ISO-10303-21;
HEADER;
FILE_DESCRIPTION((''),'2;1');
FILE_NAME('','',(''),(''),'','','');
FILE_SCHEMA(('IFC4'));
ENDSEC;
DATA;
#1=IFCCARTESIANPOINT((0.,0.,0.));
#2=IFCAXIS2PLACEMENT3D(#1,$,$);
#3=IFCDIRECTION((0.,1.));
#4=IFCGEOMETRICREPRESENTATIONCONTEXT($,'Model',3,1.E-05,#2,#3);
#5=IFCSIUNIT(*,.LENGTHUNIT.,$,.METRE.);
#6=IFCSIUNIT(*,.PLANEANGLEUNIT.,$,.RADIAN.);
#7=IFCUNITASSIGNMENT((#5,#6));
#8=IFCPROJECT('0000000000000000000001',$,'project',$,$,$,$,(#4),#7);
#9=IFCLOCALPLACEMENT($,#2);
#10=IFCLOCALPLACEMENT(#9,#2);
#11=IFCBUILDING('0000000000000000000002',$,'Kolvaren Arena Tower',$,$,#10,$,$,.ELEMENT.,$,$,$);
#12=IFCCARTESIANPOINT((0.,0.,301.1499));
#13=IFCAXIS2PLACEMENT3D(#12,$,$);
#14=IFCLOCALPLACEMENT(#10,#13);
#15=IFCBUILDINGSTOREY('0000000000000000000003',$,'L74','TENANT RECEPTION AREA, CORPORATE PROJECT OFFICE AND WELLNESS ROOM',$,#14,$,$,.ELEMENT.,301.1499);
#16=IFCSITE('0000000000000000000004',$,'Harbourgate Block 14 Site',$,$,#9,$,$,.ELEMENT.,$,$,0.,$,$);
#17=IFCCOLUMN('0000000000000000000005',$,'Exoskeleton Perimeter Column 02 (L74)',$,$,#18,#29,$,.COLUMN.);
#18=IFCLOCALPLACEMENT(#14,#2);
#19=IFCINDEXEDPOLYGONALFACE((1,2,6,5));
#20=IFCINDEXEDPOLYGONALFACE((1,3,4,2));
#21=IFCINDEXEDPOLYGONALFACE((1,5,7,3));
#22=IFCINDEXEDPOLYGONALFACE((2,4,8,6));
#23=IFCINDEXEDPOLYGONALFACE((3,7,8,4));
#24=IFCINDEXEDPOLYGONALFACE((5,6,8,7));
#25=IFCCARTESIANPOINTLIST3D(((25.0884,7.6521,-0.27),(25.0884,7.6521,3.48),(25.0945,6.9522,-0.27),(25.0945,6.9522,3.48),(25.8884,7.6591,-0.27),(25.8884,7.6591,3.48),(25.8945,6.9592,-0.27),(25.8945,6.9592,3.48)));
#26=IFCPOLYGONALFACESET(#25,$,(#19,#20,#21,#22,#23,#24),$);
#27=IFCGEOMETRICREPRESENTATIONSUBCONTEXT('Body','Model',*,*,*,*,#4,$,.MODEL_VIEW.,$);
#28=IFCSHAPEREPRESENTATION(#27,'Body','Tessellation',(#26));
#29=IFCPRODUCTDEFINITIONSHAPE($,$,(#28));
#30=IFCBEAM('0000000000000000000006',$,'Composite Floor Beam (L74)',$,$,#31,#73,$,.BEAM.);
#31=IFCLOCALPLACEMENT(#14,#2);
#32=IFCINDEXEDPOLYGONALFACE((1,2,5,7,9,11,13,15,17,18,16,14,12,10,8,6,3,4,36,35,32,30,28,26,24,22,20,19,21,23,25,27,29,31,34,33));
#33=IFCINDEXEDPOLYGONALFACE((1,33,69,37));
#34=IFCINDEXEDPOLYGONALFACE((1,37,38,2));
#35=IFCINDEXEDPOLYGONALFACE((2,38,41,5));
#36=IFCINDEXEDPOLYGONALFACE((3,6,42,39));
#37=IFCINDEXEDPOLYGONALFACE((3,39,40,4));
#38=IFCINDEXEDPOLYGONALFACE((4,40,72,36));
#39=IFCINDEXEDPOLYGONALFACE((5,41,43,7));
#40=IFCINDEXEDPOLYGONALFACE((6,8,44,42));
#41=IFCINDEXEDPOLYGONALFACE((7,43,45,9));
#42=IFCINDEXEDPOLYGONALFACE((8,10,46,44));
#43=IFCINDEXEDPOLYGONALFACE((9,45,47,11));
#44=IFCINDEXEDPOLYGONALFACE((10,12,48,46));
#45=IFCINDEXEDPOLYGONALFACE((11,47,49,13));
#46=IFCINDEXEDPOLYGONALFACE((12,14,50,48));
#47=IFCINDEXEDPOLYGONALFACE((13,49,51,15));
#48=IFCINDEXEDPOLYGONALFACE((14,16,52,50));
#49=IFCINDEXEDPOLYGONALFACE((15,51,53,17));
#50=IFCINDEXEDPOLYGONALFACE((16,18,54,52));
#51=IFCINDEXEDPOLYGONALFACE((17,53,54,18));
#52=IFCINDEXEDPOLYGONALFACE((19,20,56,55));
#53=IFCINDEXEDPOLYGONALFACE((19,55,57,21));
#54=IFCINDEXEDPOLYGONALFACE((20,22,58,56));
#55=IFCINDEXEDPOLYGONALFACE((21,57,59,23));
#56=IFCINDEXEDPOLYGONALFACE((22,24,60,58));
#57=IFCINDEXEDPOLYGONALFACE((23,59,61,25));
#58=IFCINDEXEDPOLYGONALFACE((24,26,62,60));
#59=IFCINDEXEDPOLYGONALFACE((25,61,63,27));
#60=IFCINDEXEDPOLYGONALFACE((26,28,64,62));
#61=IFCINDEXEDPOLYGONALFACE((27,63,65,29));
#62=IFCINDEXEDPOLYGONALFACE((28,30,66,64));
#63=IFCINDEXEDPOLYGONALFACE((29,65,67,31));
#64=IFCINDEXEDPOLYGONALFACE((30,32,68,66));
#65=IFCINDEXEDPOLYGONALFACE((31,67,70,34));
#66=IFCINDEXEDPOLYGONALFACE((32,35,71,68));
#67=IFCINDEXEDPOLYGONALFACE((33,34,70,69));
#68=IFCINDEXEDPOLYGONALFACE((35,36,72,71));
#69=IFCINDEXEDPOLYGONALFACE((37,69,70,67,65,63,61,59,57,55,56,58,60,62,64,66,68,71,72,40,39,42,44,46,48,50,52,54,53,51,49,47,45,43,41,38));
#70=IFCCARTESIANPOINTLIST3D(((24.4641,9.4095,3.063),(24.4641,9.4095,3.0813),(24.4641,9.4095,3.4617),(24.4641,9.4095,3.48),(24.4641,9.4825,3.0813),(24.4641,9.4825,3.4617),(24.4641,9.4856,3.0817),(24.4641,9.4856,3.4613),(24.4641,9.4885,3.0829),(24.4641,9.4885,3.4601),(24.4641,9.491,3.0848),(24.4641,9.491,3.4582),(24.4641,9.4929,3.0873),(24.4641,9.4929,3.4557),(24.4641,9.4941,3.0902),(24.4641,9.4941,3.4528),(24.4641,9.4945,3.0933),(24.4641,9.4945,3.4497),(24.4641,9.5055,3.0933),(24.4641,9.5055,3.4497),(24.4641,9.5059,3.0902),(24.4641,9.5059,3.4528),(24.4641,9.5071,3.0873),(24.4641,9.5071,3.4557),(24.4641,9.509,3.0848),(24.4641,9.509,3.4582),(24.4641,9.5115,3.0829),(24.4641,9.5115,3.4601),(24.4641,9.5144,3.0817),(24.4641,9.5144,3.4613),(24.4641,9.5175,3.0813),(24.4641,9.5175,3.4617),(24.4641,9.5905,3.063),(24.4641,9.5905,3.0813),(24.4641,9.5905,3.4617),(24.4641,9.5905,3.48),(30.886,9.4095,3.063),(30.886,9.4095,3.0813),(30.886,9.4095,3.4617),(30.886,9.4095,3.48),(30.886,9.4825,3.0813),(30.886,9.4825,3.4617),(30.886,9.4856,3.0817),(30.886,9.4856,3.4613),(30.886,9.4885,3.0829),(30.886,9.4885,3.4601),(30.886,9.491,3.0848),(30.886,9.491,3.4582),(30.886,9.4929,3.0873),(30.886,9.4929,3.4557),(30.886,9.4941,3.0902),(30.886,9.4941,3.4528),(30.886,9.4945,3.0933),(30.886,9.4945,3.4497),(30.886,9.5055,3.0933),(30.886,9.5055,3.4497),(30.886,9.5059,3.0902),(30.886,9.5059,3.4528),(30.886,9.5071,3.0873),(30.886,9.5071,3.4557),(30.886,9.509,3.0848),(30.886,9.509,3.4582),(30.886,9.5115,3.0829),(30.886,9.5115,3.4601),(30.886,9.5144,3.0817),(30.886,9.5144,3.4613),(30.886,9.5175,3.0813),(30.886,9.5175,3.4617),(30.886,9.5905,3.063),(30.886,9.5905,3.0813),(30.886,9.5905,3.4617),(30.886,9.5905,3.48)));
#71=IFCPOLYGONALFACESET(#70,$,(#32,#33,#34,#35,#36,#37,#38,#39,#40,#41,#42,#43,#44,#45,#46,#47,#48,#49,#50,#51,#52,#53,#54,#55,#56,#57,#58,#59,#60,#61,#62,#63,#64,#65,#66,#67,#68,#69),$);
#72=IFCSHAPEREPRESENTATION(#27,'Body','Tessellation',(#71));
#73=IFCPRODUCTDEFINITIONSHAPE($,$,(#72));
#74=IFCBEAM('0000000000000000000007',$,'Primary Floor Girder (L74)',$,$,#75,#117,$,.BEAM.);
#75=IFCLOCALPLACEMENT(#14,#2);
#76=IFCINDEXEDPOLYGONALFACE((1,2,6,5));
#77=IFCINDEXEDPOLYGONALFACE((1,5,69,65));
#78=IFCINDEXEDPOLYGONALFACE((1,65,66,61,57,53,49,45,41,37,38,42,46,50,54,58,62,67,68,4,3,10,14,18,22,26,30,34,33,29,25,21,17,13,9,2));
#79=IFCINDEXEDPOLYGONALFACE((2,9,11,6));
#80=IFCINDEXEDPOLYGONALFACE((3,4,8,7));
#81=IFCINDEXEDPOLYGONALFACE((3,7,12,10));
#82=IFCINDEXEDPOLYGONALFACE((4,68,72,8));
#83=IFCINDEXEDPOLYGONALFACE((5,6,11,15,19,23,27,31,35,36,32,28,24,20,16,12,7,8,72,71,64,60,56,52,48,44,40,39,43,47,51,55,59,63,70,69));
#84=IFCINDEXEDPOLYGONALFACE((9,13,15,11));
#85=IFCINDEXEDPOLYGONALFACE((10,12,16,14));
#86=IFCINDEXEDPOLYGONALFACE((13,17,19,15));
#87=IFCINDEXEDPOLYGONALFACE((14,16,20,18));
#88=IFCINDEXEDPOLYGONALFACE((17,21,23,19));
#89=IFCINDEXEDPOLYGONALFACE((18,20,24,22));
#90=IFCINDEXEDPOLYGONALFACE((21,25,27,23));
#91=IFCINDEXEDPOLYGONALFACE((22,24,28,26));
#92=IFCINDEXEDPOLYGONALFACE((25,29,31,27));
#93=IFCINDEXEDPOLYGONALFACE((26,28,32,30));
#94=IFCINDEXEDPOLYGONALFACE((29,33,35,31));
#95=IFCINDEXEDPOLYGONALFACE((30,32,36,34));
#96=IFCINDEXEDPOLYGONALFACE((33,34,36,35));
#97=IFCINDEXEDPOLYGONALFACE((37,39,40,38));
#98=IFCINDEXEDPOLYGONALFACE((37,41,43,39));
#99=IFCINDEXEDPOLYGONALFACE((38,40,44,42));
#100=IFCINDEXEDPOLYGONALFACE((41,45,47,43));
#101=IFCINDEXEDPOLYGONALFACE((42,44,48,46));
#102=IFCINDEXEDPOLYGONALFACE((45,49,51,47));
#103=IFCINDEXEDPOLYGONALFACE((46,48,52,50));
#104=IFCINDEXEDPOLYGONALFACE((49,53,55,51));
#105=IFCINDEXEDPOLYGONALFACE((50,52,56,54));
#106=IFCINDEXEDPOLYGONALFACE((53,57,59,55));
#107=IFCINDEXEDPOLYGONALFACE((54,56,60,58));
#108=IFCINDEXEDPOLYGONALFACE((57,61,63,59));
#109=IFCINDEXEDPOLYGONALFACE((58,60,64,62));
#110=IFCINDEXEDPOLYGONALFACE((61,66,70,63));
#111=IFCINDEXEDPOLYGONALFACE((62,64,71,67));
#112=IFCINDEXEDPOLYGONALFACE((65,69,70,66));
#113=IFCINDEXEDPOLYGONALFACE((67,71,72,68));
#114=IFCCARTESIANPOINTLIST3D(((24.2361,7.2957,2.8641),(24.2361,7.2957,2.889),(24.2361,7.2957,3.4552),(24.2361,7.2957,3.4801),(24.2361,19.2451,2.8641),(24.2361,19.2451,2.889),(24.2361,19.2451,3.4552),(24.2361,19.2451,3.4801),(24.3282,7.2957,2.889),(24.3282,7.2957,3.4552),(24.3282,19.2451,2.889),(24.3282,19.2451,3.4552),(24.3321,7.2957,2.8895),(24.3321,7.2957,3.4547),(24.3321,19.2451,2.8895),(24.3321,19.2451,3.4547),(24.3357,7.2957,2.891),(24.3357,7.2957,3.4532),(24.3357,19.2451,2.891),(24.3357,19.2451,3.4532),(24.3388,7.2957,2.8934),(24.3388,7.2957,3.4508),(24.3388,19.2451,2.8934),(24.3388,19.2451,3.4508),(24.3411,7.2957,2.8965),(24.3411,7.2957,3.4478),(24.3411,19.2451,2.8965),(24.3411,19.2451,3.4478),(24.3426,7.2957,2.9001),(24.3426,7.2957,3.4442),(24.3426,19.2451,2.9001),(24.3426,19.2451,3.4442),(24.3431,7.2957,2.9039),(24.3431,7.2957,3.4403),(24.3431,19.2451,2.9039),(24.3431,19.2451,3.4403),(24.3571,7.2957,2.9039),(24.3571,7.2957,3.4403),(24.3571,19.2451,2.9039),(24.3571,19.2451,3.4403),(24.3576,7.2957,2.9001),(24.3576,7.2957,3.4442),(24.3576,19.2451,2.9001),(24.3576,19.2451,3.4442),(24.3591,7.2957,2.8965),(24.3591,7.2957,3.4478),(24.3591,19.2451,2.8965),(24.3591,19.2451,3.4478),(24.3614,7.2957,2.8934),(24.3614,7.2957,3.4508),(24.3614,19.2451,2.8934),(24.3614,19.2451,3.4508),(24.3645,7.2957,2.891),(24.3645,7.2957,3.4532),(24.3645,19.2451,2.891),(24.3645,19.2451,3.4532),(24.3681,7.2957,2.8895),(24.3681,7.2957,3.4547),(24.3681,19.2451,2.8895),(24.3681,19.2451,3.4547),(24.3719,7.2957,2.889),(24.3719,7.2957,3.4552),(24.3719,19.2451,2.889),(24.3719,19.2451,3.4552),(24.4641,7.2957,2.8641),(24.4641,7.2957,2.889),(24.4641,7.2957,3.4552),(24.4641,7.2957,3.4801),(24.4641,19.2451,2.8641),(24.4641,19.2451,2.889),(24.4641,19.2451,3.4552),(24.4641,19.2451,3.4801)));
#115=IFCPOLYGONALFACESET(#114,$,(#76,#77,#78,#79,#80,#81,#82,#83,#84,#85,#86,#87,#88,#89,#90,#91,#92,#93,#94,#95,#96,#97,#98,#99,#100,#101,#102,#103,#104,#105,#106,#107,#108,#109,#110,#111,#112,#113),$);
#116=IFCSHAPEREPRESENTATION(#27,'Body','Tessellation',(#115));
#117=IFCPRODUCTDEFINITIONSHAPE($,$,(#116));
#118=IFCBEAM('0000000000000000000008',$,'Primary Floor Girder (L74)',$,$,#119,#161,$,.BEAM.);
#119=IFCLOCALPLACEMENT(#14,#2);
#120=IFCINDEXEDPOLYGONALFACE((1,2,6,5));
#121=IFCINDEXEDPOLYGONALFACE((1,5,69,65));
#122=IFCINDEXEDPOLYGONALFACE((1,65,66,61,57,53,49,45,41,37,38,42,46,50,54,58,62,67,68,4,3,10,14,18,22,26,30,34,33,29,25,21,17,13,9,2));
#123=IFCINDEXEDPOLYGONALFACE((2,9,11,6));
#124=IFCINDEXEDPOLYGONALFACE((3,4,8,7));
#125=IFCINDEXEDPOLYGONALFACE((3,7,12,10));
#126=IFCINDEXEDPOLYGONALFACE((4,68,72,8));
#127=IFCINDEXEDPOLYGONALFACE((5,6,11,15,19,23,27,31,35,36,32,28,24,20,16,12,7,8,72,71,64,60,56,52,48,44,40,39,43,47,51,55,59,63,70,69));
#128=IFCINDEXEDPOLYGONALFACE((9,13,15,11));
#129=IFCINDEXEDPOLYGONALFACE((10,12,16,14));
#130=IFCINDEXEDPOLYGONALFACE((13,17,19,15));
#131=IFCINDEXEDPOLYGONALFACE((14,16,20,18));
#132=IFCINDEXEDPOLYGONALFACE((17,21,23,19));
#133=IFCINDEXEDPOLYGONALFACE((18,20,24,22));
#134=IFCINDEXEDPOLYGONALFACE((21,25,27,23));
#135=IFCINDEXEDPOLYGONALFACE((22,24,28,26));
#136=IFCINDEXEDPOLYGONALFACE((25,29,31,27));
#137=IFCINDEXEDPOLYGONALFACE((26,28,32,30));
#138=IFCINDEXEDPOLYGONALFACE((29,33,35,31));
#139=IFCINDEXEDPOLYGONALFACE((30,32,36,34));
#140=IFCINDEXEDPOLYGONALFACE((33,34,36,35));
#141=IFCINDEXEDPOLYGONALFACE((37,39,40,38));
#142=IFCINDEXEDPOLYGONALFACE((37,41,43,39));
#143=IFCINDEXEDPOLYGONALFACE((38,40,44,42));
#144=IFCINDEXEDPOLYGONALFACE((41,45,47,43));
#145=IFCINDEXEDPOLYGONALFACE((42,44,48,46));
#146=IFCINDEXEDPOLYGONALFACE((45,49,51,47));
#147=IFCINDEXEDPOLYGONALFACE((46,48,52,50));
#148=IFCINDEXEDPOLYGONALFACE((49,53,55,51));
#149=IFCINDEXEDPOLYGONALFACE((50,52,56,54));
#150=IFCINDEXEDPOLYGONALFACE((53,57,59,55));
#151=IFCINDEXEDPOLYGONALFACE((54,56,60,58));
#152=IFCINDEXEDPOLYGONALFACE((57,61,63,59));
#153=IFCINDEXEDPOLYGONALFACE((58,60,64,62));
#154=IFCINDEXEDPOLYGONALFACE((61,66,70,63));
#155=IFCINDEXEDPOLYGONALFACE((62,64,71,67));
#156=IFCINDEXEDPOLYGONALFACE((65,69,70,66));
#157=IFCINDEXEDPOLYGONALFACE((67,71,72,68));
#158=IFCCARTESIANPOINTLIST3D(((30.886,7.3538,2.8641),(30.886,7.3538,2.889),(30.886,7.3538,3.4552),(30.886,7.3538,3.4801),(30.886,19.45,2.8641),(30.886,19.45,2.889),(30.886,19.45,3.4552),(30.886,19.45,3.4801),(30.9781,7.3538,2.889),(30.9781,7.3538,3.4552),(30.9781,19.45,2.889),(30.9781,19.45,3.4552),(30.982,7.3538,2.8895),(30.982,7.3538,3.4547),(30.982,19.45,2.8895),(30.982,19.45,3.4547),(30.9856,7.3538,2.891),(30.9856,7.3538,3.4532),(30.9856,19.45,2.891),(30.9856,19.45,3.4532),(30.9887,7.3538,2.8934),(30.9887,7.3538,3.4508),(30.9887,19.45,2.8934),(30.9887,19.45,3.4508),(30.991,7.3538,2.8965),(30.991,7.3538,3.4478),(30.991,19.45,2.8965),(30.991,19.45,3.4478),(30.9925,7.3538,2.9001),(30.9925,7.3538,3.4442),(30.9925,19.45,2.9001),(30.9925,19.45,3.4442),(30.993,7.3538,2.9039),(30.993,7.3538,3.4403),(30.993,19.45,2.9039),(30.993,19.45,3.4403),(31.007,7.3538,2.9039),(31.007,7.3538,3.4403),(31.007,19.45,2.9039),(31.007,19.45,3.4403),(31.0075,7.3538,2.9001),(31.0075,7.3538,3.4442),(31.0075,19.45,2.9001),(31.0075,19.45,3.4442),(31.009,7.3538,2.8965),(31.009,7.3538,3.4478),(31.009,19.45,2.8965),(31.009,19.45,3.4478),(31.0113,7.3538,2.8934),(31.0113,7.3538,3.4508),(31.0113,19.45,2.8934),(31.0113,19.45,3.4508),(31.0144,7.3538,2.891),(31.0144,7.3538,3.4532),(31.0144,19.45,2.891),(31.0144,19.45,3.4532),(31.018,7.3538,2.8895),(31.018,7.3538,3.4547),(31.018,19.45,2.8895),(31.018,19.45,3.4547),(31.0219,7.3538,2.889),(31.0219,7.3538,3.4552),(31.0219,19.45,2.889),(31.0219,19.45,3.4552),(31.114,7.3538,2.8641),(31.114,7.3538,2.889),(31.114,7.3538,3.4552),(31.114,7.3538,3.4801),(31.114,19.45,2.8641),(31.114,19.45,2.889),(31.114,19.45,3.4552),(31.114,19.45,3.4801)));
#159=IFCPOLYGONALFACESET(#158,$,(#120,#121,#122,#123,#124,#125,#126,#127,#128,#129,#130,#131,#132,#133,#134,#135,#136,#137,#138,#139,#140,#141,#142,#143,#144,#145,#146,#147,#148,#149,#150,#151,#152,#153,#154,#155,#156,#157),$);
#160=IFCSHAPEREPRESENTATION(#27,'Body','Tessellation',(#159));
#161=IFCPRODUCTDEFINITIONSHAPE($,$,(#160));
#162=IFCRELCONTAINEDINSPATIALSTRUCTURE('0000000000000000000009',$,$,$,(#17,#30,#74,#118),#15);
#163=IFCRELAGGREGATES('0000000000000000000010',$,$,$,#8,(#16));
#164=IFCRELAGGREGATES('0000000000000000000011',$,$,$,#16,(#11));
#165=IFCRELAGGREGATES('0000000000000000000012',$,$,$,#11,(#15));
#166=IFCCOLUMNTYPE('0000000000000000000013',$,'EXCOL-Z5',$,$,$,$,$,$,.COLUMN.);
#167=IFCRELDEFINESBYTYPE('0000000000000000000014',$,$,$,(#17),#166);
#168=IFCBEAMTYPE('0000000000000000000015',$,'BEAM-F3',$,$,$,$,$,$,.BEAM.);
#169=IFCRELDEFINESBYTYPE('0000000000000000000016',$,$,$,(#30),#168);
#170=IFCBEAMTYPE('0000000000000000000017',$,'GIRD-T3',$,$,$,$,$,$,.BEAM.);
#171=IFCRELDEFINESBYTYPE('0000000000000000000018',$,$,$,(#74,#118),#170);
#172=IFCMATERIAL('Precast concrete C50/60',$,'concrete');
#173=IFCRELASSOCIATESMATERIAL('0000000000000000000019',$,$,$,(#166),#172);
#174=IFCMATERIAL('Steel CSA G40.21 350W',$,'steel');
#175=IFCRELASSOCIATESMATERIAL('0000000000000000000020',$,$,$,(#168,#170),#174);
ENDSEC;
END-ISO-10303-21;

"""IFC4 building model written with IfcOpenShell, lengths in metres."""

from ifc_helpers import new_model, si_unit, direction, frame, origin, origin_2d, place, context, subcontext, project, spatial, rectangle, i_section, extrude, material, material_profile, profile_set, type_object, element, save


model = new_model("IFC4")

# Units and contexts
model_context = context("Model", 3, precision=1e-05, world=origin(), true_north=direction((0.0, 1.0)))
body_context = subcontext(model_context, "Body", "Model", "MODEL_VIEW")
ifc_project = project(units=[si_unit("LENGTHUNIT", "METRE"), si_unit("PLANEANGLEUNIT", "RADIAN")], contexts=[model_context])

# Site, building, storey
site_placement = place(None, origin())
site = spatial("IfcSite", under=ifc_project, at=site_placement, Name="Harbourgate Block 14 Site", CompositionType="ELEMENT", RefElevation=0.0)
building_placement = place(site_placement, origin())
building = spatial("IfcBuilding", under=site, at=building_placement, Name="Kolvaren Arena Tower", CompositionType="ELEMENT")
storey_placement = place(building_placement, frame((0.0, 0.0, 301.1499)))
storey = spatial("IfcBuildingStorey", under=building, at=storey_placement, Name="L74", Description="TENANT RECEPTION AREA, CORPORATE PROJECT OFFICE AND WELLNESS ROOM", CompositionType="ELEMENT", Elevation=301.1499)

# Column
ifc_material_1 = material(Name="Precast concrete C50/60", Category="concrete")
ifc_material_profile_1 = material_profile(ifc_material_1, rectangle(XDim=0.8, YDim=0.7, at=origin_2d()), Name="RC-800x700")
ifc_profile_set_1 = profile_set([ifc_material_profile_1], Name="Precast concrete C50/60")
column_type = type_object("IfcColumnType", Name="EXCOL-Z5", PredefinedType="COLUMN", material=ifc_profile_set_1)
column_placement = place(storey_placement, frame((25.4915, 7.3057, -0.27), z_axis=(0.0, 0.0, 1.0), x_axis=(0.999962, 0.008727, 0.0)))
element("IfcColumn", 1, at=column_placement, inside=storey, type_object=column_type, Name="Exoskeleton Perimeter Column 02 (L74)", PredefinedType="COLUMN", context=body_context, shape_type="SweptSolid", body=[
    extrude(rectangle(XDim=0.8, YDim=0.7, at=origin_2d()), origin(), (0.0, 0.0, 1.0), 3.75),
])

# Beams
ifc_material_2 = material(Name="Steel CSA G40.21 350W", Category="steel")
ifc_material_profile_2 = material_profile(ifc_material_2, i_section(OverallWidth=0.1809, OverallDepth=0.417, WebThickness=0.011, FlangeThickness=0.0183, FilletRadius=0.012, at=origin_2d()), Name="W410x85")
ifc_profile_set_2 = profile_set([ifc_material_profile_2], Name="Steel CSA G40.21 350W")
beam_type_1 = type_object("IfcBeamType", Name="BEAM-F3", PredefinedType="BEAM", material=ifc_profile_set_2)
beam_1_placement = place(storey_placement, frame((24.4641, 9.5, 3.2715), z_axis=(1.0, 0.0, 0.0), x_axis=(0.0, 1.0, 0.0)))
element("IfcBeam", 2, at=beam_1_placement, inside=storey, type_object=beam_type_1, Name="Composite Floor Beam (L74)", PredefinedType="BEAM", context=body_context, shape_type="SweptSolid", body=[
    extrude(i_section(OverallWidth=0.1809, OverallDepth=0.417, WebThickness=0.011, FlangeThickness=0.0183, FilletRadius=0.012, at=origin_2d()), origin(), (0.0, 0.0, 1.0), 6.4219),
])
ifc_material_profile_3 = material_profile(ifc_material_2, i_section(OverallWidth=0.228, OverallDepth=0.616, WebThickness=0.0139, FlangeThickness=0.0249, FilletRadius=0.0149, at=origin_2d()), Name="W610x174")
ifc_profile_set_3 = profile_set([ifc_material_profile_3], Name="Steel CSA G40.21 350W")
beam_type_2 = type_object("IfcBeamType", Name="GIRD-T3", PredefinedType="BEAM", material=ifc_profile_set_3)
beam_2_placement = place(storey_placement, frame((24.3501, 7.2957, 3.1721), z_axis=(0.0, 1.0, 0.0), x_axis=(-1.0, 0.0, 0.0)))
element("IfcBeam", 3, at=beam_2_placement, inside=storey, type_object=beam_type_2, Name="Primary Floor Girder (L74)", PredefinedType="BEAM", context=body_context, shape_type="SweptSolid", body=[
    extrude(i_section(OverallWidth=0.228, OverallDepth=0.616, WebThickness=0.0139, FlangeThickness=0.0249, FilletRadius=0.0149, at=origin_2d()), origin(), (0.0, 0.0, 1.0), 11.9495),
])
beam_3_placement = place(storey_placement, frame((31.0, 7.3538, 3.1721), z_axis=(0.0, 1.0, 0.0), x_axis=(-1.0, 0.0, 0.0)))
element("IfcBeam", 4, at=beam_3_placement, inside=storey, type_object=beam_type_2, Name="Primary Floor Girder (L74)", PredefinedType="BEAM", context=body_context, shape_type="SweptSolid", body=[
    extrude(i_section(OverallWidth=0.228, OverallDepth=0.616, WebThickness=0.0139, FlangeThickness=0.0249, FilletRadius=0.0149, at=origin_2d()), origin(), (0.0, 0.0, 1.0), 12.0962),
])

save(model, "model.ifc")
